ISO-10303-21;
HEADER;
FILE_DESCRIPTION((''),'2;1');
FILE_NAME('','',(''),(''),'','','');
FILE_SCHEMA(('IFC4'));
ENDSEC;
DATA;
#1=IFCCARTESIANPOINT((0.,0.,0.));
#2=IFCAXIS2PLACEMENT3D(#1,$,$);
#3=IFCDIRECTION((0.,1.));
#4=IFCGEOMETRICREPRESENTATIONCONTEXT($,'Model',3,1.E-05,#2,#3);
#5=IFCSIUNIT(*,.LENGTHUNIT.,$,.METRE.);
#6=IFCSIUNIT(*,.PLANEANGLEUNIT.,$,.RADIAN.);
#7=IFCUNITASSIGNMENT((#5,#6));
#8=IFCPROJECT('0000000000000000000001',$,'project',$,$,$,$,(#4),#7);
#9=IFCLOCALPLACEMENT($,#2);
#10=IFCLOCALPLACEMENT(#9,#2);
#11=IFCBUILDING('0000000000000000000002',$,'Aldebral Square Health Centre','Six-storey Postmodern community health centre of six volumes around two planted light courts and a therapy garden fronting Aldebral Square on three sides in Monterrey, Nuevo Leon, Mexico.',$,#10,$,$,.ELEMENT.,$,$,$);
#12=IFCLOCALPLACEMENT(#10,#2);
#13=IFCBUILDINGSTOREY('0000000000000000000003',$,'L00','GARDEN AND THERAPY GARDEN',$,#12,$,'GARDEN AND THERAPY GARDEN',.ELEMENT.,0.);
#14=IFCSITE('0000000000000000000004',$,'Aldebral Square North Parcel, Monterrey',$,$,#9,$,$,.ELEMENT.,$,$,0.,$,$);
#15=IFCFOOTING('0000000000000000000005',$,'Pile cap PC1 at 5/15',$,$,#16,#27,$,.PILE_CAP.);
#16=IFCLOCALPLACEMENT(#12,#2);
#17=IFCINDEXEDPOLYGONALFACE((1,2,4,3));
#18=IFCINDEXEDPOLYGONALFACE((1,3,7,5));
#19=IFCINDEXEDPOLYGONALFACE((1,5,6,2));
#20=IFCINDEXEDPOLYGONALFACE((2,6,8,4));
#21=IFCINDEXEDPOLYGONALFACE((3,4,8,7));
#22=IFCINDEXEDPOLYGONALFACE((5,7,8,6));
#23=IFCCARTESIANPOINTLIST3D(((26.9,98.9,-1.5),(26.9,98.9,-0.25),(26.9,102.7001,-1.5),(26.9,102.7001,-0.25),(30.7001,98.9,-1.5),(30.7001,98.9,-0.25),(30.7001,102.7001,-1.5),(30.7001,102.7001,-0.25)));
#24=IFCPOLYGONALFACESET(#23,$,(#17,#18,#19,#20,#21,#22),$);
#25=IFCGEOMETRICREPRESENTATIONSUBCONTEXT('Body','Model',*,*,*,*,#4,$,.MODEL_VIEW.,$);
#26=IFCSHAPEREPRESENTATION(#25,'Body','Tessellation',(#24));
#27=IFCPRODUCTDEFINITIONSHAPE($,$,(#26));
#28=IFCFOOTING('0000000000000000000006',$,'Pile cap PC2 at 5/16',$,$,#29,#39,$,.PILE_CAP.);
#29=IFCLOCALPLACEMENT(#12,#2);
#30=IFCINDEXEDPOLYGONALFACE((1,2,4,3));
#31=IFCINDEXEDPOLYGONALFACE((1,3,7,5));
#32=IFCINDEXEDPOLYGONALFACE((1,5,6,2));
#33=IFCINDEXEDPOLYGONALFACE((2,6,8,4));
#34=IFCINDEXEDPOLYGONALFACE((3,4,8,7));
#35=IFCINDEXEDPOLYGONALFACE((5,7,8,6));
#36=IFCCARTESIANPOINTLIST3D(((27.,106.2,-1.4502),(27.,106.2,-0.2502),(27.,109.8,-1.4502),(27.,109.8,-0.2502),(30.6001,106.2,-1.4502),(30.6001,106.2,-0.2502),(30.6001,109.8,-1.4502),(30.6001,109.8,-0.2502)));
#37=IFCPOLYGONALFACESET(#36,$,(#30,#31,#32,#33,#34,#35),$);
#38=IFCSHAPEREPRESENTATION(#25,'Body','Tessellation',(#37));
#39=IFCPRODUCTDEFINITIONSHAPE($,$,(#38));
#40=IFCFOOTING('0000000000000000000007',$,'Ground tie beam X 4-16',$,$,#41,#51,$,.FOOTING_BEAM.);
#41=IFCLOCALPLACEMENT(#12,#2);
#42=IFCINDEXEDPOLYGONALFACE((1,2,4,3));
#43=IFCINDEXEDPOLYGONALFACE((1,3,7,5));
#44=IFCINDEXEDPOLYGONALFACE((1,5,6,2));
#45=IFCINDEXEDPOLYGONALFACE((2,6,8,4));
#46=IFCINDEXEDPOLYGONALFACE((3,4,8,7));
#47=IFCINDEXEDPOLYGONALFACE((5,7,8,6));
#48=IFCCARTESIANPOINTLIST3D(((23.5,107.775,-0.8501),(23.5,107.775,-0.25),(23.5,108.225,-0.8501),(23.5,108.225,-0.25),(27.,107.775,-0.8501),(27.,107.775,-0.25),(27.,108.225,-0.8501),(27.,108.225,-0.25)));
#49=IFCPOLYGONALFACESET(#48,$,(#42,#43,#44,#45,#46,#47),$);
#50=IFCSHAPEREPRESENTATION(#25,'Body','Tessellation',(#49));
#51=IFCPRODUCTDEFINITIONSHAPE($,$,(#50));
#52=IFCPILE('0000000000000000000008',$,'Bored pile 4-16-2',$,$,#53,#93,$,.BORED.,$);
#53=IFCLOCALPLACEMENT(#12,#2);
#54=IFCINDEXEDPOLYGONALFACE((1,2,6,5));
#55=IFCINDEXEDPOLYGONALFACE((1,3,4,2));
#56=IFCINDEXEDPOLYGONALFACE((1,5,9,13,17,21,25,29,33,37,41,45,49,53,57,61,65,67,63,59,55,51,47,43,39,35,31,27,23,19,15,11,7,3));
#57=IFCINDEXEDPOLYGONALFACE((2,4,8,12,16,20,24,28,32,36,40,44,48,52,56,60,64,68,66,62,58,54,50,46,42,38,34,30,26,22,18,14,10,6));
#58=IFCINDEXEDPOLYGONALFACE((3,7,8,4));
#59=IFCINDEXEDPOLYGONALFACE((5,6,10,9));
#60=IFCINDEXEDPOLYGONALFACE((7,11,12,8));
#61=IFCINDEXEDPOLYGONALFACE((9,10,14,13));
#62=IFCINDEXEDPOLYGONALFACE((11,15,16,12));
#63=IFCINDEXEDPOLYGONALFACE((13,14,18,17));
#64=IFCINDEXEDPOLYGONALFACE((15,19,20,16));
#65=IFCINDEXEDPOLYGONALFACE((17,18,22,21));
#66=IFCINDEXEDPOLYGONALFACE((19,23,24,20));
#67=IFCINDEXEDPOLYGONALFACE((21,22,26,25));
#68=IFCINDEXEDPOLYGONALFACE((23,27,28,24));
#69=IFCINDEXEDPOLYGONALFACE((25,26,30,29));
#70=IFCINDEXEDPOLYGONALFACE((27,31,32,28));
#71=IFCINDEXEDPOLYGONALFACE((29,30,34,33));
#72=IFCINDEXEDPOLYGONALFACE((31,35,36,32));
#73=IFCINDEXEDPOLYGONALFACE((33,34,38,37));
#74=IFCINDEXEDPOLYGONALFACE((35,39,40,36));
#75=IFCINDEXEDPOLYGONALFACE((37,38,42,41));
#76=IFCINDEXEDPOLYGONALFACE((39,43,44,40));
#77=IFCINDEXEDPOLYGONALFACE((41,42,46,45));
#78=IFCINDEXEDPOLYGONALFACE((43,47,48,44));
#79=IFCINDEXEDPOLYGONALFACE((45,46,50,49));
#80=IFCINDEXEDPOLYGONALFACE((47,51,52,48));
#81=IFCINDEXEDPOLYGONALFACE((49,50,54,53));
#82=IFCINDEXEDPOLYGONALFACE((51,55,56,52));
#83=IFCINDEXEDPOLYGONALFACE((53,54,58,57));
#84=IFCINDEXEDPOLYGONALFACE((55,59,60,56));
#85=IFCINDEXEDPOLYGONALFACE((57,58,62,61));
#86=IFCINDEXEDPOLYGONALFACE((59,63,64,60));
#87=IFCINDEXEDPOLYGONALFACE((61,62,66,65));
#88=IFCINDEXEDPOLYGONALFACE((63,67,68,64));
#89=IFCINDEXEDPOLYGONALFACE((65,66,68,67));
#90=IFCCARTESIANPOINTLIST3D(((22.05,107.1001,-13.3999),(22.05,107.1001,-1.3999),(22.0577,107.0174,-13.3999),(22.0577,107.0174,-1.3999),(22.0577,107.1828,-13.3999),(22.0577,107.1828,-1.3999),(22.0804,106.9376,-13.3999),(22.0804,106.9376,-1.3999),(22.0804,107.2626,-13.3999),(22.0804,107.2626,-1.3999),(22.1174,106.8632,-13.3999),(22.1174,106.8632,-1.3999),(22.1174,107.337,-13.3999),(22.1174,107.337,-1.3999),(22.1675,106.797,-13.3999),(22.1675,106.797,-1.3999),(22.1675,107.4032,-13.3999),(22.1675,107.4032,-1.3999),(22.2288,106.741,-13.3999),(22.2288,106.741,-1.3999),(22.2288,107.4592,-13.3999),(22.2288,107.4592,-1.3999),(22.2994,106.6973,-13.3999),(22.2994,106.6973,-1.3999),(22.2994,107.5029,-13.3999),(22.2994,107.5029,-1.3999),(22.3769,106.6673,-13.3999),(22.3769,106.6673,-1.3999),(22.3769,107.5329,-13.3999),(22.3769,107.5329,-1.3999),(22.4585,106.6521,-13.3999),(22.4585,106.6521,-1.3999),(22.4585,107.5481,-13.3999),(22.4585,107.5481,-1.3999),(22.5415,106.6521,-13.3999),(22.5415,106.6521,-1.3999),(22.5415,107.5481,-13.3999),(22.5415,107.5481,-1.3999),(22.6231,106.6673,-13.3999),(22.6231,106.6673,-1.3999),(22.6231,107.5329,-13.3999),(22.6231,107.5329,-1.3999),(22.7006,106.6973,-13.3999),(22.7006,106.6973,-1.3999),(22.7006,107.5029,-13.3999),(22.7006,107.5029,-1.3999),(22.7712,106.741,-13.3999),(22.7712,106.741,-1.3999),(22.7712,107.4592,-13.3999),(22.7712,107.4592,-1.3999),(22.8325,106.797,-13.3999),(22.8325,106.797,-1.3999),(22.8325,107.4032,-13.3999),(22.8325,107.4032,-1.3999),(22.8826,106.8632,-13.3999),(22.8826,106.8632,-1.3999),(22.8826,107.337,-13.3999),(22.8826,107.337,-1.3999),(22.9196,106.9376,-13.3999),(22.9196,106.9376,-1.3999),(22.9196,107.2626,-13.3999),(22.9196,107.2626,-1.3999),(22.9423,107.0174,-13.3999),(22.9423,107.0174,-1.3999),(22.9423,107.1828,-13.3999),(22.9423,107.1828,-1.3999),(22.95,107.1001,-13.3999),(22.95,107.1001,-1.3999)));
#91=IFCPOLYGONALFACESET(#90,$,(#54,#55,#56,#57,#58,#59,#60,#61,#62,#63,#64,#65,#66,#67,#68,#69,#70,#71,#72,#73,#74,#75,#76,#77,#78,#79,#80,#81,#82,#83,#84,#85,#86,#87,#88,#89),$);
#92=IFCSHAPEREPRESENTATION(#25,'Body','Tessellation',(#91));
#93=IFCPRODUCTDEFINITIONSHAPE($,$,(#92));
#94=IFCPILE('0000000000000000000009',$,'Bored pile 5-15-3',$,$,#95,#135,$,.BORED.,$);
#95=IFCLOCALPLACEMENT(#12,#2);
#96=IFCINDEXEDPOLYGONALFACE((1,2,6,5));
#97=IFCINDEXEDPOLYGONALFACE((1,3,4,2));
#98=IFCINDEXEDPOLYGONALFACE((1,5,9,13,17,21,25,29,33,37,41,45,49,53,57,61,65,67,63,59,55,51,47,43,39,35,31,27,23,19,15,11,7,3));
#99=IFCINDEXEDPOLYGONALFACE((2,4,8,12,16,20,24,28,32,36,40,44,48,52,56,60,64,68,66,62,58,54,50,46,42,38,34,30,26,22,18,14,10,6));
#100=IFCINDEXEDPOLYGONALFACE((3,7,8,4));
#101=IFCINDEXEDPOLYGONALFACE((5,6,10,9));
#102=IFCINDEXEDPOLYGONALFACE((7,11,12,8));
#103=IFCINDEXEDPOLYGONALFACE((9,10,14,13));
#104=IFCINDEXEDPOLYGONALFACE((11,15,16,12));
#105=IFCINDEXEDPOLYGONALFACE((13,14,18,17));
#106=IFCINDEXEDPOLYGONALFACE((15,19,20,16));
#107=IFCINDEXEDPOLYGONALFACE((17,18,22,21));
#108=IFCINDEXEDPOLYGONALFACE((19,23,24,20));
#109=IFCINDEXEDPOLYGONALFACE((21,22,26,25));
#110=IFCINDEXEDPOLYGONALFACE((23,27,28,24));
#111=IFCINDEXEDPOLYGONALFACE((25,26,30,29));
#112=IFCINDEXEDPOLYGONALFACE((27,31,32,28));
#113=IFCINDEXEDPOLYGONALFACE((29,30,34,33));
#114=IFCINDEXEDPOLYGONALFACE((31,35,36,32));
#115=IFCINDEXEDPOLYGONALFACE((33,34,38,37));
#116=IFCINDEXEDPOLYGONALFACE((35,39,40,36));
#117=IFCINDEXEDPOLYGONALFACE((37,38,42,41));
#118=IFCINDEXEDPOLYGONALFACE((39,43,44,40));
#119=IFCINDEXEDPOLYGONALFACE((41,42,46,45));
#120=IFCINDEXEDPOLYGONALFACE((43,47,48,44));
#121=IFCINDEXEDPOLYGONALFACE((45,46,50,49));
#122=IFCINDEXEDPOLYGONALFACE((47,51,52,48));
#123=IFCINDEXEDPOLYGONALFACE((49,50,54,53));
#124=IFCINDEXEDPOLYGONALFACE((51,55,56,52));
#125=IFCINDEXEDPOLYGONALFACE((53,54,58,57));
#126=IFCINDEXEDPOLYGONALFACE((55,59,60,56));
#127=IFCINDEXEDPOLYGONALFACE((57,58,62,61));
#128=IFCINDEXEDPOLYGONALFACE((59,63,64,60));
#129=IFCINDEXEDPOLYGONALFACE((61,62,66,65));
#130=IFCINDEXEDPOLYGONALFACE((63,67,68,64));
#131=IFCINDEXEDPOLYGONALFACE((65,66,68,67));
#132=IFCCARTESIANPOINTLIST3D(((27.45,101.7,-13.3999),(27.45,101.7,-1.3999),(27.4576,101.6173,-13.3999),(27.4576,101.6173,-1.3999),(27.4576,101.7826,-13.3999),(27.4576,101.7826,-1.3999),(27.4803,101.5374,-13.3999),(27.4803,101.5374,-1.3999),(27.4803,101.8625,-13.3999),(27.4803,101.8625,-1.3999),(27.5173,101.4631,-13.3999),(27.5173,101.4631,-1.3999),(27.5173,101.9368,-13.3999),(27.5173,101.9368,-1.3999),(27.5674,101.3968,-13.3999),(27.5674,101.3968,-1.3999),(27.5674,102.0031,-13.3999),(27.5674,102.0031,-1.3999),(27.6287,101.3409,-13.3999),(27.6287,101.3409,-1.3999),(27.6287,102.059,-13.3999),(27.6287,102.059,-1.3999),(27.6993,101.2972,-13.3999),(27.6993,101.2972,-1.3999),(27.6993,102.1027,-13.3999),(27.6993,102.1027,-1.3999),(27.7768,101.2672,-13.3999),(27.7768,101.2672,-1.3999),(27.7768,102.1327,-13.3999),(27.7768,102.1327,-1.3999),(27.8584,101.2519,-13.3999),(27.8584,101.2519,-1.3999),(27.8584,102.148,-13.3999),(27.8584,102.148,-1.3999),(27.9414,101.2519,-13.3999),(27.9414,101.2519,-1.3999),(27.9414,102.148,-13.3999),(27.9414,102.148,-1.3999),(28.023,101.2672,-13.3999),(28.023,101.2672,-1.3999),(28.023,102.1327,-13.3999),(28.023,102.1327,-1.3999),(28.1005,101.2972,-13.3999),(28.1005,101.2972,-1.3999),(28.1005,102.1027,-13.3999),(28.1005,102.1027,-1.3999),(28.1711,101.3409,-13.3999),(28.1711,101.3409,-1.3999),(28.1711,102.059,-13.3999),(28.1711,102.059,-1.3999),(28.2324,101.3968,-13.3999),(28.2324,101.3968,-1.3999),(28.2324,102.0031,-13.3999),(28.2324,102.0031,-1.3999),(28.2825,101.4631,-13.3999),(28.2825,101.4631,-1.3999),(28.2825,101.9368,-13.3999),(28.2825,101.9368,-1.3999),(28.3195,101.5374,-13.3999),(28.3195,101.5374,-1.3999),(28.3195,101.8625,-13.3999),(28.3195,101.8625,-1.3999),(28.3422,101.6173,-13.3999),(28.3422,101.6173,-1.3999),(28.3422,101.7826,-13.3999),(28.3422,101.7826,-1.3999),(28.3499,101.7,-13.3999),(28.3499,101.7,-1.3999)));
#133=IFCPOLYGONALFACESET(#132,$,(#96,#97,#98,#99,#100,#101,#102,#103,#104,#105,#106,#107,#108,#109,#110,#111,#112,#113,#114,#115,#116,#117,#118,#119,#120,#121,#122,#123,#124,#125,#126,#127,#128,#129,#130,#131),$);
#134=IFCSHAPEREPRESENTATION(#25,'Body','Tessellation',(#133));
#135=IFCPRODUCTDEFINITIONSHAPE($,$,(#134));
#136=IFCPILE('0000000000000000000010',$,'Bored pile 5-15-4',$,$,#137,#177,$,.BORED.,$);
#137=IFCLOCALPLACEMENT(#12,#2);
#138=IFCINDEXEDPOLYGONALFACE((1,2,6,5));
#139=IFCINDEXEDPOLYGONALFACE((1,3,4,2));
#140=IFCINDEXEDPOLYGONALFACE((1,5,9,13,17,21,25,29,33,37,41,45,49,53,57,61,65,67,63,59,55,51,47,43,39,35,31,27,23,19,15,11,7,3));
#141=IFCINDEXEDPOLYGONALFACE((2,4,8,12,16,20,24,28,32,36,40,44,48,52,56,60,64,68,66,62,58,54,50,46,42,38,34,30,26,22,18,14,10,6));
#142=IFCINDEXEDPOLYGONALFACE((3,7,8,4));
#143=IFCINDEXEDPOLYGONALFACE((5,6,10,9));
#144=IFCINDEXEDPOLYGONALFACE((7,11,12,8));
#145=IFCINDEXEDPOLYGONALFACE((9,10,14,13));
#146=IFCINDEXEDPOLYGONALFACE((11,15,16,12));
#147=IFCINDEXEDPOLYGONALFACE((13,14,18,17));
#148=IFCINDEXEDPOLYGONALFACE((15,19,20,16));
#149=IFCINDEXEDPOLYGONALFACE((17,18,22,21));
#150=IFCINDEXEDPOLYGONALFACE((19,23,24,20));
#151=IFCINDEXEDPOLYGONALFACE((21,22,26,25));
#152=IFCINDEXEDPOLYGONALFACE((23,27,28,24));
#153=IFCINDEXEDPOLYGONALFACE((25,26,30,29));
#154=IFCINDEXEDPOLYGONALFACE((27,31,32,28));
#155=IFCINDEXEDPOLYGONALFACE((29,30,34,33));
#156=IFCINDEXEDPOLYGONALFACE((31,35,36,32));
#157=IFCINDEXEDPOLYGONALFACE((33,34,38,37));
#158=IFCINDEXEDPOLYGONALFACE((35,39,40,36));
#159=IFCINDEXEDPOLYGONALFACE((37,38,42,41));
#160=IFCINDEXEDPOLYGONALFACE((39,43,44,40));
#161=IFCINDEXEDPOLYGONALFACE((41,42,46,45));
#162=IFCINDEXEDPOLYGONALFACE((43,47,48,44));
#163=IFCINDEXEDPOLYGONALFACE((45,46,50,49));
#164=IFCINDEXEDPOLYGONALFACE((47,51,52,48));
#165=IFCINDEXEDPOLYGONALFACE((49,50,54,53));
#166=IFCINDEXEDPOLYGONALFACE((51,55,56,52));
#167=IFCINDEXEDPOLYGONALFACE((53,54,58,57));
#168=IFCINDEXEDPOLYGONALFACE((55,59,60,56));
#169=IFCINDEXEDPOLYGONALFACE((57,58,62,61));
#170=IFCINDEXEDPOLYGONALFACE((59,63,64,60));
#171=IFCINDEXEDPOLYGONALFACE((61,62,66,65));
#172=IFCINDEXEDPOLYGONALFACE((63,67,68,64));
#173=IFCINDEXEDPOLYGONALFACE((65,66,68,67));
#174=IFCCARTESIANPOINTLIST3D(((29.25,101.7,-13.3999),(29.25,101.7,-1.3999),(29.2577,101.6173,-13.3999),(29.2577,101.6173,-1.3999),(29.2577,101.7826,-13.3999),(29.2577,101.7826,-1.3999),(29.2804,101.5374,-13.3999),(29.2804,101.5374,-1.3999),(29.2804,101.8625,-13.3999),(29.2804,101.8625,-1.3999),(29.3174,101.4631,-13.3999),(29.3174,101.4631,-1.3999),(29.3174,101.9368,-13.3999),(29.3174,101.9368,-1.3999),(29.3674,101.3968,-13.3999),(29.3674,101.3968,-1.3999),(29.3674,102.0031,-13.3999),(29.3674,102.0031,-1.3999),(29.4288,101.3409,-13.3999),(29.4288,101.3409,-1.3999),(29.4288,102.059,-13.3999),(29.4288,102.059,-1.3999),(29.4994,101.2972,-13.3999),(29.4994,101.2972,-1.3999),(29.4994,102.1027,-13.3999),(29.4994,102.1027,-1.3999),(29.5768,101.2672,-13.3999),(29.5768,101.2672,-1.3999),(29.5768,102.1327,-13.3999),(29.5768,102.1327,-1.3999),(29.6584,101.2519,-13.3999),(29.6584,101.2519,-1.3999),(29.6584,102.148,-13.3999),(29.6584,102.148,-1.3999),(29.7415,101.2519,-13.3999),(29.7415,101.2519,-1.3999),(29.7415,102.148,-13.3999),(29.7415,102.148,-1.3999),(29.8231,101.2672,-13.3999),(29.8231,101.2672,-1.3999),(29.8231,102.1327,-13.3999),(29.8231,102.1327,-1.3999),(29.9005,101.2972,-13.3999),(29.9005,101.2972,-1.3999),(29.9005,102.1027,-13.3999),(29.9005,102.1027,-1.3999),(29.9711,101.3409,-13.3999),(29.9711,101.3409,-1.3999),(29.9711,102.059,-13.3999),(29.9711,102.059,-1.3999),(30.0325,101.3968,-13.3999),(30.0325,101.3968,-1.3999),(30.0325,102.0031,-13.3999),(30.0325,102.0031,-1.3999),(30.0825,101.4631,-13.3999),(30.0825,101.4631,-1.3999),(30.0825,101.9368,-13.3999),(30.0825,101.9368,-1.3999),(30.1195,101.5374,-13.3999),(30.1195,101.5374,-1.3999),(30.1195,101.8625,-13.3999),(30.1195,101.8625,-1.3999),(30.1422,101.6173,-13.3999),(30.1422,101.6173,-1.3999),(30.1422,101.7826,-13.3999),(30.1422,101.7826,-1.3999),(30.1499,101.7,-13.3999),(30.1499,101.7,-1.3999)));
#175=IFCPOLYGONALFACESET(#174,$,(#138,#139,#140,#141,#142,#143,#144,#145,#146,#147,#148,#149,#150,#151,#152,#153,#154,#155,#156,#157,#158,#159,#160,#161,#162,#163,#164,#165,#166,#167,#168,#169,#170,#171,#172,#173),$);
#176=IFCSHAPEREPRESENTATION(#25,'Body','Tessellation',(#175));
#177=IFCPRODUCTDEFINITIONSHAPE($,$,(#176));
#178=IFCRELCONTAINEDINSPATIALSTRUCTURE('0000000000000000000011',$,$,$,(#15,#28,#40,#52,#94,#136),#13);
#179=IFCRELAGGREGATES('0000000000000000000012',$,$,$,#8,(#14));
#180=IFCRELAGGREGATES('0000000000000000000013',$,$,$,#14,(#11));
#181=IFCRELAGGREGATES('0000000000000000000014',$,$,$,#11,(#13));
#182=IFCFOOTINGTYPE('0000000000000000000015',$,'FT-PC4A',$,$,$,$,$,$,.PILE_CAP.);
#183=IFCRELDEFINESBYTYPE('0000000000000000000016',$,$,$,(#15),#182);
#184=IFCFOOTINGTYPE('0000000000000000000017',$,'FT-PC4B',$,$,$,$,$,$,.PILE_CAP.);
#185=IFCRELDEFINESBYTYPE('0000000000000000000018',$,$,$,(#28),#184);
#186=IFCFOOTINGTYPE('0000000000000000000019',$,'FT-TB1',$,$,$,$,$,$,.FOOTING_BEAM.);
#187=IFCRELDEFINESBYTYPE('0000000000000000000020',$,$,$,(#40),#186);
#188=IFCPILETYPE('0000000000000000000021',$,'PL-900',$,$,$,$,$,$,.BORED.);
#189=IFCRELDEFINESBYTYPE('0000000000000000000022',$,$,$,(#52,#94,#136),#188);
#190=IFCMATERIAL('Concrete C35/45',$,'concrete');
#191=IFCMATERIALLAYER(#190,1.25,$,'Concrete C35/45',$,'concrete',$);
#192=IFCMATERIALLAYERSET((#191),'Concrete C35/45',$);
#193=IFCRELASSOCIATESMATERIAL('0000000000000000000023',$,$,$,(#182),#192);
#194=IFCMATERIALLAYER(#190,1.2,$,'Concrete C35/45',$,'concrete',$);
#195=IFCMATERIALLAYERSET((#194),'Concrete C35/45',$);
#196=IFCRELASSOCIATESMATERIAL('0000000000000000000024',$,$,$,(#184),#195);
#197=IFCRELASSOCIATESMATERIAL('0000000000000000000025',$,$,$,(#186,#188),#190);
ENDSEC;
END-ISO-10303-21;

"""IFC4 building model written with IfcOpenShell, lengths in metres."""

from ifc_helpers import new_model, si_unit, direction, frame, origin, origin_2d, place, context, subcontext, project, spatial, rectangle, circle, extrude, material, layer, layer_set, material_profile, profile_set, type_object, element, save


model = new_model("IFC4")

# Units and contexts
model_context = context("Model", 3, precision=1e-05, world=origin(), true_north=direction((0.0, 1.0)))
body_context = subcontext(model_context, "Body", "Model", "MODEL_VIEW")
ifc_project = project(units=[si_unit("LENGTHUNIT", "METRE"), si_unit("PLANEANGLEUNIT", "RADIAN")], contexts=[model_context])

# Site, building, storey
site_placement = place(None, origin())
site = spatial("IfcSite", under=ifc_project, at=site_placement, Name="Aldebral Square North Parcel, Monterrey", CompositionType="ELEMENT", RefElevation=0.0)
building_placement = place(site_placement, origin())
building = spatial("IfcBuilding", under=site, at=building_placement, Name="Aldebral Square Health Centre", Description="Six-storey Postmodern community health centre of six volumes around two planted light courts and a therapy garden fronting Aldebral Square on three sides in Monterrey, Nuevo Leon, Mexico.", CompositionType="ELEMENT")
storey_placement = place(building_placement, origin())
storey = spatial("IfcBuildingStorey", under=building, at=storey_placement, Name="L00", Description="GARDEN AND THERAPY GARDEN", LongName="GARDEN AND THERAPY GARDEN", CompositionType="ELEMENT", Elevation=0.0)

# Footings
ifc_material_1 = material(Name="Concrete C35/45", Category="concrete")
ifc_layer_1 = layer(ifc_material_1, 1.25, Name="Concrete C35/45", Category="concrete")
ifc_layer_set_1 = layer_set([ifc_layer_1], Name="Concrete C35/45")
footing_type_1 = type_object("IfcFootingType", Name="FT-PC4A", PredefinedType="PILE_CAP", material=ifc_layer_set_1)
footing_1_placement = place(storey_placement, frame((28.8, 100.8, -1.5), z_axis=(0.0, 0.0, 1.0), x_axis=(1.0, 0.0, 0.0)))
element("IfcFooting", 1, at=footing_1_placement, inside=storey, type_object=footing_type_1, Name="Pile cap PC1 at 5/15", PredefinedType="PILE_CAP", context=body_context, shape_type="SweptSolid", body=[
    extrude(rectangle(XDim=3.8, YDim=3.8, at=origin_2d()), origin(), (0.0, 0.0, 1.0), 1.25),
])
ifc_layer_2 = layer(ifc_material_1, 1.2, Name="Concrete C35/45", Category="concrete")
ifc_layer_set_2 = layer_set([ifc_layer_2], Name="Concrete C35/45")
footing_type_2 = type_object("IfcFootingType", Name="FT-PC4B", PredefinedType="PILE_CAP", material=ifc_layer_set_2)
footing_2_placement = place(storey_placement, frame((28.8, 108.0, -1.4502), z_axis=(0.0, 0.0, 1.0), x_axis=(1.0, 0.0, 0.0)))
element("IfcFooting", 2, at=footing_2_placement, inside=storey, type_object=footing_type_2, Name="Pile cap PC2 at 5/16", PredefinedType="PILE_CAP", context=body_context, shape_type="SweptSolid", body=[
    extrude(rectangle(XDim=3.6001, YDim=3.6001, at=origin_2d()), origin(), (0.0, 0.0, 1.0), 1.2),
])
ifc_material_profile_1 = material_profile(ifc_material_1, rectangle(XDim=0.45, YDim=0.6001, at=origin_2d()), Name="RC 450x600")
ifc_profile_set_1 = profile_set([ifc_material_profile_1], Name="Concrete C35/45")
footing_type_3 = type_object("IfcFootingType", Name="FT-TB1", PredefinedType="FOOTING_BEAM", material=ifc_profile_set_1)
footing_3_placement = place(storey_placement, frame((23.5, 108.0, -0.55), z_axis=(1.0, 0.0, 0.0), x_axis=(0.0, 1.0, 0.0)))
element("IfcFooting", 3, at=footing_3_placement, inside=storey, type_object=footing_type_3, Name="Ground tie beam X 4-16", PredefinedType="FOOTING_BEAM", context=body_context, shape_type="SweptSolid", body=[
    extrude(rectangle(XDim=0.45, YDim=0.6001, at=origin_2d()), origin(), (0.0, 0.0, 1.0), 3.5),
])

# Piles
ifc_material_profile_2 = material_profile(ifc_material_1, circle(Radius=0.45, at=origin_2d()), Name="PILE D900")
ifc_profile_set_2 = profile_set([ifc_material_profile_2], Name="Concrete C35/45")
pile_type = type_object("IfcPileType", Name="PL-900", PredefinedType="BORED", material=ifc_profile_set_2)
for number, where, z_axis, x_axis, name in (
    (4, (22.5, 107.1001, -1.3999), (0.0, 0.0, -1.0), (1.0, 0.0, 0.0), "Bored pile 4-16-2"),
    (5, (27.8999, 101.7, -1.3999), (0.0, 0.0, -1.0), (1.0, 0.0, 0.0), "Bored pile 5-15-3"),
    (6, (29.7, 101.7, -1.3999), (0.0, 0.0, -1.0), (1.0, 0.0, 0.0), "Bored pile 5-15-4"),
):
    element("IfcPile", number, at=place(storey_placement, frame(where, z_axis=z_axis, x_axis=x_axis)), inside=storey, type_object=pile_type, Name=name, PredefinedType="BORED", context=body_context, shape_type="SweptSolid", body=[
        extrude(circle(Radius=0.45, at=origin_2d()), origin(), (0.0, 0.0, 1.0), 12.0),
    ])

save(model, "model.ifc")
